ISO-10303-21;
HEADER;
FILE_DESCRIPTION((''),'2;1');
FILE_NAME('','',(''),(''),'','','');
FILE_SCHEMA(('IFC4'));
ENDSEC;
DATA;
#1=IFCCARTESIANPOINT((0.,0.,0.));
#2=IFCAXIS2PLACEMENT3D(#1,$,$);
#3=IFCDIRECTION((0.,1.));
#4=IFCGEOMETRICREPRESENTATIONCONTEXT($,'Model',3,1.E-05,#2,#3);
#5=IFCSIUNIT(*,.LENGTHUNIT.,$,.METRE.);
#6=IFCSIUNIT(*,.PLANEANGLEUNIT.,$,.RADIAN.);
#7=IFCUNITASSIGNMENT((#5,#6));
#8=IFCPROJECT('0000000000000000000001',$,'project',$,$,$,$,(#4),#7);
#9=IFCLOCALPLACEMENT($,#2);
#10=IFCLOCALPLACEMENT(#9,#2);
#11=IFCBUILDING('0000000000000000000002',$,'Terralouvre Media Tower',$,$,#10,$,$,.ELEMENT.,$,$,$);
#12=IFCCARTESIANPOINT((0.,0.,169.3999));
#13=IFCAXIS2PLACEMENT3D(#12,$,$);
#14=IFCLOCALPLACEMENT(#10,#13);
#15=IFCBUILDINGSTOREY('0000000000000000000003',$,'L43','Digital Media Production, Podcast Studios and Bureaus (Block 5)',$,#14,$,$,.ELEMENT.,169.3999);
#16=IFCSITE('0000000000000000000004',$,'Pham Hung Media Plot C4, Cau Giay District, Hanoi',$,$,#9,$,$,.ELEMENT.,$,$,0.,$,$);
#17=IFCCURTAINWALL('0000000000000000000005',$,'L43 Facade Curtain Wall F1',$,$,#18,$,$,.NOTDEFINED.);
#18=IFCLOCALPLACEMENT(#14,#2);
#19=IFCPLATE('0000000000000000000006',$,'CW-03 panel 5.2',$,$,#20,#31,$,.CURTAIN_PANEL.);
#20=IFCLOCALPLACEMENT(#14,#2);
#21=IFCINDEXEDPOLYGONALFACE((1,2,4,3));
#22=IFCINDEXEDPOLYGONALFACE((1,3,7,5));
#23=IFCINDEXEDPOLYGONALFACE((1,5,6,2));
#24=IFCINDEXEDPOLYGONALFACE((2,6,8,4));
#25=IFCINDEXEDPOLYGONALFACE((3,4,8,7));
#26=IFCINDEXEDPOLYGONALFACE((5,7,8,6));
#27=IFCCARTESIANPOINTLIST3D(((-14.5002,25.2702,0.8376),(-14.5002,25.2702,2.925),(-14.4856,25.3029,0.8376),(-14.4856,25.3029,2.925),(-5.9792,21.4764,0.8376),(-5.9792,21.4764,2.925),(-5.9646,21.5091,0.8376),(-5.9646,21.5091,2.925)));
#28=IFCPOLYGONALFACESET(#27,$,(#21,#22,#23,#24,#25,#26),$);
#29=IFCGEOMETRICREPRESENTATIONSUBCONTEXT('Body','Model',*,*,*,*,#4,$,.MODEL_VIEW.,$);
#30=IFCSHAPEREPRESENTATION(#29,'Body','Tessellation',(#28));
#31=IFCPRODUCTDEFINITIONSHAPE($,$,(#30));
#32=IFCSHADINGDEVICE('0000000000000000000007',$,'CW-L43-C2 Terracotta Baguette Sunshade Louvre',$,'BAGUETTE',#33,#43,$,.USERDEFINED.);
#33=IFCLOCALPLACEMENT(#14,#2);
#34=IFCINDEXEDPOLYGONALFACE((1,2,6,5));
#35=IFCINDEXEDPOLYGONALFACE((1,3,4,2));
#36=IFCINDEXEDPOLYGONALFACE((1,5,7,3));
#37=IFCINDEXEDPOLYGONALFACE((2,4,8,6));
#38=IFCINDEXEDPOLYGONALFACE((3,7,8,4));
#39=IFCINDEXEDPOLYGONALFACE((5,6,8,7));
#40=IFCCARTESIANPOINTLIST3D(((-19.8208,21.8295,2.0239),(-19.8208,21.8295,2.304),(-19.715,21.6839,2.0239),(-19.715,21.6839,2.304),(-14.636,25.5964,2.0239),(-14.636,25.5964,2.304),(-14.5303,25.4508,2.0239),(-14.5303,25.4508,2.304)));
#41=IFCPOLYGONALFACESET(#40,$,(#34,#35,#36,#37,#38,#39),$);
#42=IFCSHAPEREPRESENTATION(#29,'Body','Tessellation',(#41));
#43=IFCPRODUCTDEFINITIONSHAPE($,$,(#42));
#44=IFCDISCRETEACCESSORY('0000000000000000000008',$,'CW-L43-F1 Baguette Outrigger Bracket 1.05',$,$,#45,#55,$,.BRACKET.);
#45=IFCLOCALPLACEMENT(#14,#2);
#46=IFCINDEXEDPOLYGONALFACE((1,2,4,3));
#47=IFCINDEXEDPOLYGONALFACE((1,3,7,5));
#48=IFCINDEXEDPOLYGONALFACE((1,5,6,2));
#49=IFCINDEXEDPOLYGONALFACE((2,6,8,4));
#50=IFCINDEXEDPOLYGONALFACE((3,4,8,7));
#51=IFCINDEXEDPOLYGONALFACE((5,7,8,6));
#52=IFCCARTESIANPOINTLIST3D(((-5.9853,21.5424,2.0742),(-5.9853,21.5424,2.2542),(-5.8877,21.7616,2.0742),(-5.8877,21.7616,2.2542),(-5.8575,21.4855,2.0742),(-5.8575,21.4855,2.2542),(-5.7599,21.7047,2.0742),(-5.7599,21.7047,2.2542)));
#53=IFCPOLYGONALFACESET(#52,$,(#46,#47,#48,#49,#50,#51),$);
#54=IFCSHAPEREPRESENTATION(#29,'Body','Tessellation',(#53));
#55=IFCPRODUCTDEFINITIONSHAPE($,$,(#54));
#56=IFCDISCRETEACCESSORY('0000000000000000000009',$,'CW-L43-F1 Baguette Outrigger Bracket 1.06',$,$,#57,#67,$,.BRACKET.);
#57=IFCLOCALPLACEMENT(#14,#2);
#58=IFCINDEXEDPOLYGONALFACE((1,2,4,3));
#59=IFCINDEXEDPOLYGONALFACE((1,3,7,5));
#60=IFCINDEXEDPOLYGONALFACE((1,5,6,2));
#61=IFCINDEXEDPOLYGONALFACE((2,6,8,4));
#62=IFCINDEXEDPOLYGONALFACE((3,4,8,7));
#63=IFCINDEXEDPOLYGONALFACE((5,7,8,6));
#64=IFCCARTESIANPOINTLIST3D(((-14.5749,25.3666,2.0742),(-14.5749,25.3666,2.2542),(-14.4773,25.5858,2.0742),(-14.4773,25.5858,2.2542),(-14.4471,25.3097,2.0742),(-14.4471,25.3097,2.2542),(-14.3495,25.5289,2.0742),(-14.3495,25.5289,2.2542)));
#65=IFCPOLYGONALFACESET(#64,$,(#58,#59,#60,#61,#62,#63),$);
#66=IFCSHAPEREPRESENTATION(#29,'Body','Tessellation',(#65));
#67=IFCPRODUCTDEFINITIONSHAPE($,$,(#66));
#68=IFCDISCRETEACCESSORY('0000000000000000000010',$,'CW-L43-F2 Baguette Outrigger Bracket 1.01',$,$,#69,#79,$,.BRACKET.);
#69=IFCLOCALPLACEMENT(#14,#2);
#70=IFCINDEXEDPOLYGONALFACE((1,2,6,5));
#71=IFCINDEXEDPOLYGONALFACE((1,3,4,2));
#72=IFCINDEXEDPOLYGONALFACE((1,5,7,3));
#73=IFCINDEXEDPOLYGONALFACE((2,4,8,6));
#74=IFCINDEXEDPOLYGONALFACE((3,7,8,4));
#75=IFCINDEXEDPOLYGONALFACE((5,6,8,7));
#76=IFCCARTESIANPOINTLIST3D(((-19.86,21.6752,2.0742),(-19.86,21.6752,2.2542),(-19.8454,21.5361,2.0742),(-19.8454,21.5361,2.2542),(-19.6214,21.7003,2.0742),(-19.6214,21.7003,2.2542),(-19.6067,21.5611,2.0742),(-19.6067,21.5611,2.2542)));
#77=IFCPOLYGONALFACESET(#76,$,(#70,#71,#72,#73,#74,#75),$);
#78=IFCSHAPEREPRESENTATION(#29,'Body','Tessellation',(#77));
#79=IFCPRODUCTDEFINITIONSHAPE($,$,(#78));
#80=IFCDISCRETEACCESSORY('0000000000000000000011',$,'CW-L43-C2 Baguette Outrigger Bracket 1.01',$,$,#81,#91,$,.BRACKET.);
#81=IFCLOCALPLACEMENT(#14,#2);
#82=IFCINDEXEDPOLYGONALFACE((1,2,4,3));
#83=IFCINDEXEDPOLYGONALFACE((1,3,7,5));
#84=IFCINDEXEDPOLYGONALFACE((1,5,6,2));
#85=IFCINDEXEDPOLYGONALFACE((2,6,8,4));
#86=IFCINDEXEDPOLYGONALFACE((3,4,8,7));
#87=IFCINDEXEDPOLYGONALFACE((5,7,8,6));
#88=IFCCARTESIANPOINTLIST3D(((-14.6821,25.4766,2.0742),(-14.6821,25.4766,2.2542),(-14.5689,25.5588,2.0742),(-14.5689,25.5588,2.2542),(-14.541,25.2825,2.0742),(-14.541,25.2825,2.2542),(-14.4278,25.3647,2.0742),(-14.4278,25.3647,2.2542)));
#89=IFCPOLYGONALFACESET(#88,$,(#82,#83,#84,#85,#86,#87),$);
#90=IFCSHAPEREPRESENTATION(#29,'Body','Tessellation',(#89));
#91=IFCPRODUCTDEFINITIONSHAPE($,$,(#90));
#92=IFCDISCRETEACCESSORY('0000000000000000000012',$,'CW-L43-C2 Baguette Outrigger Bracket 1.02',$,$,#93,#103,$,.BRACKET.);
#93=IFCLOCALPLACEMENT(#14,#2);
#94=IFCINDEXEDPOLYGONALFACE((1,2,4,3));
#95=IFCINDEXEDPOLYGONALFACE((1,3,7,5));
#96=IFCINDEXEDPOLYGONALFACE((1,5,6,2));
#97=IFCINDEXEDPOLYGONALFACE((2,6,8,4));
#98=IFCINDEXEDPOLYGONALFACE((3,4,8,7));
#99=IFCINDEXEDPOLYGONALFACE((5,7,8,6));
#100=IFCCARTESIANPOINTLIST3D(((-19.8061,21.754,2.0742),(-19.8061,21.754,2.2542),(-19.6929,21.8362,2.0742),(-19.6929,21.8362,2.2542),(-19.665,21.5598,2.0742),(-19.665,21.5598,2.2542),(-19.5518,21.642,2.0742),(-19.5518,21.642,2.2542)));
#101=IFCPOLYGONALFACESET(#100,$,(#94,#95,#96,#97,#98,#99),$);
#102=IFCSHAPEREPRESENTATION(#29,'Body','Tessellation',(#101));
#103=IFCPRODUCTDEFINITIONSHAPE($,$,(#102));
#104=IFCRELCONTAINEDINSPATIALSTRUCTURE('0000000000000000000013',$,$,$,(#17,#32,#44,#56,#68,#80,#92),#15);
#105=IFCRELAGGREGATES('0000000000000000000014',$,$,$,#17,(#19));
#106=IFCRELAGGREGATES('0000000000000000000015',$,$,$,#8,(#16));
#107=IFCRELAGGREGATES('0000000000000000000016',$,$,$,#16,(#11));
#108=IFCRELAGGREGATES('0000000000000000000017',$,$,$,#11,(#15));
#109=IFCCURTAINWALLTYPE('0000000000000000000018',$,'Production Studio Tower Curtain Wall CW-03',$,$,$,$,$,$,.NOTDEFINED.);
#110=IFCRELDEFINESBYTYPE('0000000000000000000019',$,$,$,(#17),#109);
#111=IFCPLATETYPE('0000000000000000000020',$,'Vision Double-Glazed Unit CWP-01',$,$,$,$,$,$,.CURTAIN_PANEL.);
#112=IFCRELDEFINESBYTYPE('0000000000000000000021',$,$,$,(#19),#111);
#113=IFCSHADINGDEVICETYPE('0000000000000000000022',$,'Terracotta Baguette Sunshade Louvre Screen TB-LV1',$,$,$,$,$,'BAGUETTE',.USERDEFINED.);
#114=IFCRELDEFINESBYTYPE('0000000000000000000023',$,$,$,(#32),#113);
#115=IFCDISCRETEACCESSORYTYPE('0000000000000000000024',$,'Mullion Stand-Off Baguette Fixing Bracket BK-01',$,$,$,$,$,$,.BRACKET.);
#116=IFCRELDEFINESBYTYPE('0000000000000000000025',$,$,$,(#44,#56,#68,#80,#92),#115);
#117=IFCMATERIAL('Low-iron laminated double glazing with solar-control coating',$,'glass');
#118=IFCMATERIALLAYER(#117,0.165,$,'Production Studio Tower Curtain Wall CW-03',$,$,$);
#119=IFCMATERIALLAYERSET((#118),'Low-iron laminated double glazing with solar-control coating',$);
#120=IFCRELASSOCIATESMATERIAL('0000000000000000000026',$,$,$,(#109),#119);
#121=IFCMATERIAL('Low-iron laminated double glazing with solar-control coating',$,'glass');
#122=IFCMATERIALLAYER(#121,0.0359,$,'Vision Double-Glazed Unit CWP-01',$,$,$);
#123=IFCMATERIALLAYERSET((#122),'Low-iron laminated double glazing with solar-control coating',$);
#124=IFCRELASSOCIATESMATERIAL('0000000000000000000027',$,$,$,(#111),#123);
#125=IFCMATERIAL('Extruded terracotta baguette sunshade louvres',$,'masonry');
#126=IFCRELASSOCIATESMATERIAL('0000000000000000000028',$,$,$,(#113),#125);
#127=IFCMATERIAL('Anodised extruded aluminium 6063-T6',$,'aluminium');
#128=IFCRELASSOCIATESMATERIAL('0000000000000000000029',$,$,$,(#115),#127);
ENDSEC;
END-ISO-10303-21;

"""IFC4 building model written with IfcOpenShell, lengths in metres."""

from ifc_helpers import new_model, si_unit, direction, frame, origin, origin_2d, place, context, subcontext, project, spatial, rectangle, extrude, material, layer, layer_set, type_object, element, aggregate, save


model = new_model("IFC4")

# Units and contexts
model_context = context("Model", 3, precision=1e-05, world=origin(), true_north=direction((0.0, 1.0)))
body_context = subcontext(model_context, "Body", "Model", "MODEL_VIEW")
ifc_project = project(units=[si_unit("LENGTHUNIT", "METRE"), si_unit("PLANEANGLEUNIT", "RADIAN")], contexts=[model_context])

# Site, building, storey
site_placement = place(None, origin())
site = spatial("IfcSite", under=ifc_project, at=site_placement, Name="Pham Hung Media Plot C4, Cau Giay District, Hanoi", CompositionType="ELEMENT", RefElevation=0.0)
building_placement = place(site_placement, origin())
building = spatial("IfcBuilding", under=site, at=building_placement, Name="Terralouvre Media Tower", CompositionType="ELEMENT")
storey_placement = place(building_placement, frame((0.0, 0.0, 169.3999)))
storey = spatial("IfcBuildingStorey", under=building, at=storey_placement, Name="L43", Description="Digital Media Production, Podcast Studios and Bureaus (Block 5)", CompositionType="ELEMENT", Elevation=169.3999)

# Curtain wall
ifc_material_1 = material(Name="Low-iron laminated double glazing with solar-control coating", Category="glass")
ifc_layer_1 = layer(ifc_material_1, 0.165, Name="Production Studio Tower Curtain Wall CW-03")
ifc_layer_set_1 = layer_set([ifc_layer_1], Name="Low-iron laminated double glazing with solar-control coating")
curtain_wall_type_1 = type_object("IfcCurtainWallType", Name="Production Studio Tower Curtain Wall CW-03", PredefinedType="NOTDEFINED", material=ifc_layer_set_1)
curtain_wall_1_placement = place(storey_placement, origin())
curtain_wall_1 = element("IfcCurtainWall", 1, at=curtain_wall_1_placement, inside=storey, type_object=curtain_wall_type_1, Name="L43 Facade Curtain Wall F1", PredefinedType="NOTDEFINED")

# Plate
ifc_material_2 = material(Name="Low-iron laminated double glazing with solar-control coating", Category="glass")
ifc_layer_2 = layer(ifc_material_2, 0.0359, Name="Vision Double-Glazed Unit CWP-01")
ifc_layer_set_2 = layer_set([ifc_layer_2], Name="Low-iron laminated double glazing with solar-control coating")
plate_type_1 = type_object("IfcPlateType", Name="Vision Double-Glazed Unit CWP-01", PredefinedType="CURTAIN_PANEL", material=ifc_layer_set_2)
plate_1_placement = place(storey_placement, frame((-10.2324, 23.3896, 0.8376), z_axis=(0.0, 0.0, 1.0), x_axis=(-0.913545, 0.406737, 0.0)))
plate_1 = element("IfcPlate", 2, at=plate_1_placement, type_object=plate_type_1, Name="CW-03 panel 5.2", PredefinedType="CURTAIN_PANEL", context=body_context, shape_type="SweptSolid", body=[
    extrude(rectangle(XDim=9.3274, YDim=0.0359, at=origin_2d()), origin(), (0.0, 0.0, 1.0), 2.0874),
])
aggregate(curtain_wall_1, [plate_1])

# Shading device
ifc_material_3 = material(Name="Extruded terracotta baguette sunshade louvres", Category="masonry")
shading_device_type = type_object("IfcShadingDeviceType", Name="Terracotta Baguette Sunshade Louvre Screen TB-LV1", ElementType="BAGUETTE", PredefinedType="USERDEFINED", material=ifc_material_3)
shading_device_placement = place(storey_placement, frame((-17.1755, 23.6401, 2.0239), z_axis=(0.0, 0.0, 1.0), x_axis=(-0.809017, -0.587785, 0.0)))
element("IfcShadingDevice", 3, at=shading_device_placement, inside=storey, type_object=shading_device_type, Name="CW-L43-C2 Terracotta Baguette Sunshade Louvre", ObjectType="BAGUETTE", PredefinedType="USERDEFINED", context=body_context, shape_type="SweptSolid", body=[
    extrude(rectangle(XDim=6.4087, YDim=0.1799, at=origin_2d()), origin(), (0.0, 0.0, 1.0), 0.28),
])

# Discrete accessories
ifc_material_4 = material(Name="Anodised extruded aluminium 6063-T6", Category="aluminium")
discrete_accessory_type = type_object("IfcDiscreteAccessoryType", Name="Mullion Stand-Off Baguette Fixing Bracket BK-01", PredefinedType="BRACKET", material=ifc_material_4)
for number, where, z_axis, x_axis, name in (
    (4, (-5.8726, 21.6235, 2.0742), (0.0, 0.0, 1.0), (-0.913545, 0.406737, 0.0), "CW-L43-F1 Baguette Outrigger Bracket 1.05"),
    (5, (-14.4622, 25.4478, 2.0742), (0.0, 0.0, 1.0), (-0.913545, 0.406737, 0.0), "CW-L43-F1 Baguette Outrigger Bracket 1.06"),
    (6, (-19.7334, 21.6182, 2.0742), (0.0, 0.0, 1.0), (0.104528, -0.994522, 0.0), "CW-L43-F2 Baguette Outrigger Bracket 1.01"),
    (7, (-14.5549, 25.4207, 2.0742), (0.0, 0.0, 1.0), (-0.809017, -0.587785, 0.0), "CW-L43-C2 Baguette Outrigger Bracket 1.01"),
    (8, (-19.679, 21.698, 2.0742), (0.0, 0.0, 1.0), (-0.809017, -0.587785, 0.0), "CW-L43-C2 Baguette Outrigger Bracket 1.02"),
):
    element("IfcDiscreteAccessory", number, at=place(storey_placement, frame(where, z_axis=z_axis, x_axis=x_axis)), inside=storey, type_object=discrete_accessory_type, Name=name, PredefinedType="BRACKET", context=body_context, shape_type="SweptSolid", body=[
        extrude(rectangle(XDim=0.1399, YDim=0.24, at=origin_2d()), origin(), (0.0, 0.0, 1.0), 0.1799),
    ])

save(model, "model.ifc")
